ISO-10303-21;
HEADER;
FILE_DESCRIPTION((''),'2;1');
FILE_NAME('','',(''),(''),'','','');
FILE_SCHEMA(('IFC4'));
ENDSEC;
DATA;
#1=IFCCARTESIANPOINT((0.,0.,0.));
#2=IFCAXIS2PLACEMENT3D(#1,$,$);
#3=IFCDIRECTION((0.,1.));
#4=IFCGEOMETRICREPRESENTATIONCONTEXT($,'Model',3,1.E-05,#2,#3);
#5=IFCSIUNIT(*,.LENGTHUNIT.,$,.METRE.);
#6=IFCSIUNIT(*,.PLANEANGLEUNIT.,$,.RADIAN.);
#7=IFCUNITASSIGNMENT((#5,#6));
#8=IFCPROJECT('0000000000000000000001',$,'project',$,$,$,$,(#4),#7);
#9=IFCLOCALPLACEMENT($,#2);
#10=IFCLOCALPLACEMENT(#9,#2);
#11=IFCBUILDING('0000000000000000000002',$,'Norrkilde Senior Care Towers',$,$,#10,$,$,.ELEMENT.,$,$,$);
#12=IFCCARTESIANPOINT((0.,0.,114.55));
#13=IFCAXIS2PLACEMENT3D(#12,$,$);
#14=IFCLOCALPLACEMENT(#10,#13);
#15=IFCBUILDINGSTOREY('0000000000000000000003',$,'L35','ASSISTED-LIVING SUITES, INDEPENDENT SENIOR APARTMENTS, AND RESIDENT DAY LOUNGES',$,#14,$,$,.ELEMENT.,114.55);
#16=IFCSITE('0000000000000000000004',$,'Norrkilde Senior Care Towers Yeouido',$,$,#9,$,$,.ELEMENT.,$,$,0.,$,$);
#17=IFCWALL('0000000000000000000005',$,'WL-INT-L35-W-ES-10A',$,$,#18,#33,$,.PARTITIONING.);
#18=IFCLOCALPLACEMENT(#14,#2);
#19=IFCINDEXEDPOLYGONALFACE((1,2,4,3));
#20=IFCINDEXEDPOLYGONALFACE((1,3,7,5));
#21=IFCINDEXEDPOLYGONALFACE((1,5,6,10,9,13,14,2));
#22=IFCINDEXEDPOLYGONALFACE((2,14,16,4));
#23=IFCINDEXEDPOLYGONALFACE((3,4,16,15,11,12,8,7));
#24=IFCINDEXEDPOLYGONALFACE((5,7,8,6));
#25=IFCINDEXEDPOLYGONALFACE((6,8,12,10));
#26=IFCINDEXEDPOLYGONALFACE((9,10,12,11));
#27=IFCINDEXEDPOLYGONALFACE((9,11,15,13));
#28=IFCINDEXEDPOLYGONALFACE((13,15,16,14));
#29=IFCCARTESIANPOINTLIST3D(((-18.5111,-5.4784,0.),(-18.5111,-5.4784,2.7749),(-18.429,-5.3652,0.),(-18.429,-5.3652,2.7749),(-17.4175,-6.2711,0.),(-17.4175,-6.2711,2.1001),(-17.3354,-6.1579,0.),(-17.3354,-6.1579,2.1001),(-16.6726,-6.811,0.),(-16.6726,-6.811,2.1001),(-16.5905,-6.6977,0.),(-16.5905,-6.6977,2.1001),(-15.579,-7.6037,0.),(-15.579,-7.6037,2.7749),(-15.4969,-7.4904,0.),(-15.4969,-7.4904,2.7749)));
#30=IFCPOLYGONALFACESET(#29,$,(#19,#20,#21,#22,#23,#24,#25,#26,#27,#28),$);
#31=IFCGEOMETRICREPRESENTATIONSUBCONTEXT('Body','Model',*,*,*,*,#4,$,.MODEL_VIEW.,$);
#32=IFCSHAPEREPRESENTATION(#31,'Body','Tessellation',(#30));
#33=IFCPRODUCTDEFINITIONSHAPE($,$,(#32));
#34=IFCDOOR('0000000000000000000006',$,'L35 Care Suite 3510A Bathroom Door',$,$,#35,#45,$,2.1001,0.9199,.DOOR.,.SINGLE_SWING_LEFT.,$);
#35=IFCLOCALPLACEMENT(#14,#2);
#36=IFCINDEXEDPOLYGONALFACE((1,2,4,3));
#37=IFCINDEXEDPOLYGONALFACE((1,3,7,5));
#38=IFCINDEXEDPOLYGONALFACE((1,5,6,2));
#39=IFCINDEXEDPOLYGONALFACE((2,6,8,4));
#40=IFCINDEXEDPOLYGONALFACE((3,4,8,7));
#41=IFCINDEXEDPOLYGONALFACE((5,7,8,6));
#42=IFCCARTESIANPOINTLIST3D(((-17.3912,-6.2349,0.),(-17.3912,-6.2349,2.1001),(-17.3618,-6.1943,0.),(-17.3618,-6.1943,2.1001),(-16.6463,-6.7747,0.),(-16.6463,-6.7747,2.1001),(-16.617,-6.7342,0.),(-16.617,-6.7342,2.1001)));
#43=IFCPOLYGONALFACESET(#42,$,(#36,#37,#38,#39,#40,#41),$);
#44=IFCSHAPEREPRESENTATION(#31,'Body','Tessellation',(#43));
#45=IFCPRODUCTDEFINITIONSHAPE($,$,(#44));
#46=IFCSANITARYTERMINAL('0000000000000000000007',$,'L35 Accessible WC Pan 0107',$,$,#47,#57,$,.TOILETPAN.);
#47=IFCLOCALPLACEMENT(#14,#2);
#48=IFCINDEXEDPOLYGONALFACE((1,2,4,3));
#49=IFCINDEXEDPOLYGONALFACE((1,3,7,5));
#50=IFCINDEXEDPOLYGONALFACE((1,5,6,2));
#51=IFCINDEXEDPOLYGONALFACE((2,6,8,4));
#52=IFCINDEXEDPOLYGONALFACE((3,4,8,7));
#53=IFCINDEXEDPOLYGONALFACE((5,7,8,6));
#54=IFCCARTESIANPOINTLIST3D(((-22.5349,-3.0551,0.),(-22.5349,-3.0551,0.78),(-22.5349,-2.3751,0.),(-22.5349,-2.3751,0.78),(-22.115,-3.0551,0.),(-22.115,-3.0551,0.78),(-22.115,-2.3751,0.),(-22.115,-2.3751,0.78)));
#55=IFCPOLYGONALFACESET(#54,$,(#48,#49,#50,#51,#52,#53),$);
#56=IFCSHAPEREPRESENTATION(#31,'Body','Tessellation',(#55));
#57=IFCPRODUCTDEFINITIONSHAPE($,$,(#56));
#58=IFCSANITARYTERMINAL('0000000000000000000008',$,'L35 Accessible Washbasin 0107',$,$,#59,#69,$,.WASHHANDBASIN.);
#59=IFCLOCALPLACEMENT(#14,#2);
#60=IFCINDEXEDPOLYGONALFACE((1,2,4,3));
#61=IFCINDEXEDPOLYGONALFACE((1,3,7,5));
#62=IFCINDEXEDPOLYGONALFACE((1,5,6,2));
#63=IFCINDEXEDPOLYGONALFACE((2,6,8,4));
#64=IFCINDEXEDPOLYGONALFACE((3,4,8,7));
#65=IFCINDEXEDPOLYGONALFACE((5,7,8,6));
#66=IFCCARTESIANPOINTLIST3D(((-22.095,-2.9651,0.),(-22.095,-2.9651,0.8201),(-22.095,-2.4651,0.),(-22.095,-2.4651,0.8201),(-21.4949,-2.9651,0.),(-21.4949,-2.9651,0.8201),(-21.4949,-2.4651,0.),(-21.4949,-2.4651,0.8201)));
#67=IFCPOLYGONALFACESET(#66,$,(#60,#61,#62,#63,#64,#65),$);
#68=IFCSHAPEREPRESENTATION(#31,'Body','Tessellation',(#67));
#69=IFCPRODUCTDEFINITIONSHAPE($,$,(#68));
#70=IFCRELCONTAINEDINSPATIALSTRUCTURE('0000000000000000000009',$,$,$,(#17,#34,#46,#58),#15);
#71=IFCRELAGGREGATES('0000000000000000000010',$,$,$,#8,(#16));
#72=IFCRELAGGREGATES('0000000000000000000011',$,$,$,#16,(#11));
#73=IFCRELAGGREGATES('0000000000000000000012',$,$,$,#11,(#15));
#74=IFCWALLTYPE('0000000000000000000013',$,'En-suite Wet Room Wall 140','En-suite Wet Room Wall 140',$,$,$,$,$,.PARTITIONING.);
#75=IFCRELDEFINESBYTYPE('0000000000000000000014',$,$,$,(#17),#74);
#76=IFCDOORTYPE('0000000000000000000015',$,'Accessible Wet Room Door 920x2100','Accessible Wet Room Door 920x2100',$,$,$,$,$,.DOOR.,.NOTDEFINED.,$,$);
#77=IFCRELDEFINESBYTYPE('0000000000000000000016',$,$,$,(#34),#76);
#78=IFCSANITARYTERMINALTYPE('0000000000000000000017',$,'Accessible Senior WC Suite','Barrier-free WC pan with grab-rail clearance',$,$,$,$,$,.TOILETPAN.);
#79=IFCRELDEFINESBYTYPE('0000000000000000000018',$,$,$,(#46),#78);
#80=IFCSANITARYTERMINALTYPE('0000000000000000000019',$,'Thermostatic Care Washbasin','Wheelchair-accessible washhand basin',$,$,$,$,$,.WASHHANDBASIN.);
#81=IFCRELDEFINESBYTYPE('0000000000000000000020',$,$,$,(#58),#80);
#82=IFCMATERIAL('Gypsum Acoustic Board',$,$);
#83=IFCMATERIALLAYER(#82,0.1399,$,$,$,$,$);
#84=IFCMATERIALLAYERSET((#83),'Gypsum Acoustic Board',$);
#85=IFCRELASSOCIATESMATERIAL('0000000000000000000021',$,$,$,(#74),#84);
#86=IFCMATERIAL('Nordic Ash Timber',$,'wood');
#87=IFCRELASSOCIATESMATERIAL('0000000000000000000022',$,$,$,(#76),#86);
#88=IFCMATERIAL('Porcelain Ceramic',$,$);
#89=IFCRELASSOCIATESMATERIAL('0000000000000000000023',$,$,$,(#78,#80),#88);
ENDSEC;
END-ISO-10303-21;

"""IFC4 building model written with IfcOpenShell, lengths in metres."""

from ifc_helpers import new_model, si_unit, direction, frame, frame_2d, origin, origin_2d, place, context, subcontext, project, spatial, rectangle, extrude, source, transform, mapped, material, layer, layer_set, type_object, type_shapes, element, fill, save


model = new_model("IFC4")

# Units and contexts
model_context = context("Model", 3, precision=1e-05, world=origin(), true_north=direction((0.0, 1.0)))
body_context = subcontext(model_context, "Body", "Model", "MODEL_VIEW")
ifc_project = project(units=[si_unit("LENGTHUNIT", "METRE"), si_unit("PLANEANGLEUNIT", "RADIAN")], contexts=[model_context])

# Site, building, storey
site_placement = place(None, origin())
site = spatial("IfcSite", under=ifc_project, at=site_placement, Name="Norrkilde Senior Care Towers Yeouido", CompositionType="ELEMENT", RefElevation=0.0)
building_placement = place(site_placement, origin())
building = spatial("IfcBuilding", under=site, at=building_placement, Name="Norrkilde Senior Care Towers", CompositionType="ELEMENT")
storey_placement = place(building_placement, frame((0.0, 0.0, 114.55)))
storey = spatial("IfcBuildingStorey", under=building, at=storey_placement, Name="L35", Description="ASSISTED-LIVING SUITES, INDEPENDENT SENIOR APARTMENTS, AND RESIDENT DAY LOUNGES", CompositionType="ELEMENT", Elevation=114.55)

# Shared definitions
ifc_material_1 = material(Name="Gypsum Acoustic Board")

# Shared definitions
ifc_layer_1 = layer(ifc_material_1, 0.1399)
ifc_layer_set_1 = layer_set([ifc_layer_1], Name="Gypsum Acoustic Board")
wall_type_1 = type_object("IfcWallType", Name="En-suite Wet Room Wall 140", Description="En-suite Wet Room Wall 140", PredefinedType="PARTITIONING", material=ifc_layer_set_1)

# Shared definitions
ifc_material_2 = material(Name="Nordic Ash Timber", Category="wood")

# Wall, opening, door
shared_shape_1 = source(origin(), body_context, "Body", "SweptSolid", [
    extrude(rectangle(XDim=3.6213, YDim=0.1399, at=frame_2d((1.8105, 0.0))), origin(), (0.0, 0.0, 1.0), 2.7749),
])
wall_1_placement = place(storey_placement, frame((-18.47, -5.4219, 0.0), z_axis=(0.0, 0.0, 1.0), x_axis=(0.809683, -0.586868, 0.0)))
wall_1 = element("IfcWall", 1, at=wall_1_placement, inside=storey, type_object=wall_type_1, Name="WL-INT-L35-W-ES-10A", PredefinedType="PARTITIONING", context=body_context, shape_type="MappedRepresentation", body=[
    mapped(shared_shape_1, transform((0.0, 0.0, 0.0), x_axis=(1.0, 0.0, 0.0), y_axis=(0.0, 1.0, 0.0), z_axis=(0.0, 0.0, 1.0), scale=1.0)),
])
opening_1_placement = place(wall_1_placement, frame((1.3506, 0.0, 0.0)))
opening_1 = element("IfcOpeningElement", 2, at=opening_1_placement, cuts=wall_1, PredefinedType="OPENING", context=body_context, shape_type="SweptSolid", body=[
    extrude(rectangle(XDim=0.9199, YDim=2.1001, at=frame_2d((0.46, 1.05))), frame((0.0, 0.0798, 0.0), z_axis=(0.0, -1.0, 0.0), x_axis=(1.0, 0.0, 0.0)), (0.0, 0.0, 1.0), 0.1599),
])
door_type_1 = type_object("IfcDoorType", Name="Accessible Wet Room Door 920x2100", Description="Accessible Wet Room Door 920x2100", OperationType="NOTDEFINED", PredefinedType="DOOR", material=ifc_material_2)
shared_shape_2 = source(origin(), body_context, "Body", "SweptSolid", [
    extrude(rectangle(XDim=0.9199, YDim=2.1001, at=frame_2d((0.46, 1.05))), frame((0.0, 0.0249, 0.0), z_axis=(0.0, -1.0, 0.0), x_axis=(1.0, 0.0, 0.0)), (0.0, 0.0, 1.0), 0.05),
])
type_shapes(door_type_1, [shared_shape_2])
door_1_placement = place(opening_1_placement, origin())
door_1 = element("IfcDoor", 3, at=door_1_placement, inside=storey, type_object=door_type_1, Name="L35 Care Suite 3510A Bathroom Door", OperationType="SINGLE_SWING_LEFT", OverallHeight=2.1001, OverallWidth=0.9199, PredefinedType="DOOR", context=body_context, shape_type="MappedRepresentation", body=[
    mapped(shared_shape_2, transform((0.0, 0.0, 0.0), x_axis=(1.0, 0.0, 0.0), y_axis=(0.0, 1.0, 0.0), z_axis=(0.0, 0.0, 1.0), scale=1.0)),
])
fill(opening_1, door_1)

# Sanitary terminals
ifc_material_3 = material(Name="Porcelain Ceramic")
sanitary_terminal_type_1 = type_object("IfcSanitaryTerminalType", Name="Accessible Senior WC Suite", Description="Barrier-free WC pan with grab-rail clearance", PredefinedType="TOILETPAN", material=ifc_material_3)
shared_shape_3 = source(origin(), body_context, "Body", "SweptSolid", [
    extrude(rectangle(XDim=0.4199, YDim=0.6799, at=origin_2d()), origin(), (0.0, 0.0, 1.0), 0.78),
])
type_shapes(sanitary_terminal_type_1, [shared_shape_3])
sanitary_terminal_1_placement = place(storey_placement, frame((-22.325, -2.7151, 0.0), z_axis=(0.0, 0.0, 1.0), x_axis=(1.0, 0.0, 0.0)))
element("IfcSanitaryTerminal", 4, at=sanitary_terminal_1_placement, inside=storey, type_object=sanitary_terminal_type_1, Name="L35 Accessible WC Pan 0107", PredefinedType="TOILETPAN", context=body_context, shape_type="MappedRepresentation", body=[
    mapped(shared_shape_3, transform((0.0, 0.0, 0.0), x_axis=(1.0, 0.0, 0.0), y_axis=(0.0, 1.0, 0.0), z_axis=(0.0, 0.0, 1.0), scale=1.0)),
])
sanitary_terminal_type_2 = type_object("IfcSanitaryTerminalType", Name="Thermostatic Care Washbasin", Description="Wheelchair-accessible washhand basin", PredefinedType="WASHHANDBASIN", material=ifc_material_3)
shared_shape_4 = source(origin(), body_context, "Body", "SweptSolid", [
    extrude(rectangle(XDim=0.6001, YDim=0.5, at=origin_2d()), origin(), (0.0, 0.0, 1.0), 0.8201),
])
type_shapes(sanitary_terminal_type_2, [shared_shape_4])
sanitary_terminal_2_placement = place(storey_placement, frame((-21.7949, -2.7151, 0.0), z_axis=(0.0, 0.0, 1.0), x_axis=(1.0, 0.0, 0.0)))
element("IfcSanitaryTerminal", 5, at=sanitary_terminal_2_placement, inside=storey, type_object=sanitary_terminal_type_2, Name="L35 Accessible Washbasin 0107", PredefinedType="WASHHANDBASIN", context=body_context, shape_type="MappedRepresentation", body=[
    mapped(shared_shape_4, transform((0.0, 0.0, 0.0), x_axis=(1.0, 0.0, 0.0), y_axis=(0.0, 1.0, 0.0), z_axis=(0.0, 0.0, 1.0), scale=1.0)),
])

save(model, "model.ifc")
